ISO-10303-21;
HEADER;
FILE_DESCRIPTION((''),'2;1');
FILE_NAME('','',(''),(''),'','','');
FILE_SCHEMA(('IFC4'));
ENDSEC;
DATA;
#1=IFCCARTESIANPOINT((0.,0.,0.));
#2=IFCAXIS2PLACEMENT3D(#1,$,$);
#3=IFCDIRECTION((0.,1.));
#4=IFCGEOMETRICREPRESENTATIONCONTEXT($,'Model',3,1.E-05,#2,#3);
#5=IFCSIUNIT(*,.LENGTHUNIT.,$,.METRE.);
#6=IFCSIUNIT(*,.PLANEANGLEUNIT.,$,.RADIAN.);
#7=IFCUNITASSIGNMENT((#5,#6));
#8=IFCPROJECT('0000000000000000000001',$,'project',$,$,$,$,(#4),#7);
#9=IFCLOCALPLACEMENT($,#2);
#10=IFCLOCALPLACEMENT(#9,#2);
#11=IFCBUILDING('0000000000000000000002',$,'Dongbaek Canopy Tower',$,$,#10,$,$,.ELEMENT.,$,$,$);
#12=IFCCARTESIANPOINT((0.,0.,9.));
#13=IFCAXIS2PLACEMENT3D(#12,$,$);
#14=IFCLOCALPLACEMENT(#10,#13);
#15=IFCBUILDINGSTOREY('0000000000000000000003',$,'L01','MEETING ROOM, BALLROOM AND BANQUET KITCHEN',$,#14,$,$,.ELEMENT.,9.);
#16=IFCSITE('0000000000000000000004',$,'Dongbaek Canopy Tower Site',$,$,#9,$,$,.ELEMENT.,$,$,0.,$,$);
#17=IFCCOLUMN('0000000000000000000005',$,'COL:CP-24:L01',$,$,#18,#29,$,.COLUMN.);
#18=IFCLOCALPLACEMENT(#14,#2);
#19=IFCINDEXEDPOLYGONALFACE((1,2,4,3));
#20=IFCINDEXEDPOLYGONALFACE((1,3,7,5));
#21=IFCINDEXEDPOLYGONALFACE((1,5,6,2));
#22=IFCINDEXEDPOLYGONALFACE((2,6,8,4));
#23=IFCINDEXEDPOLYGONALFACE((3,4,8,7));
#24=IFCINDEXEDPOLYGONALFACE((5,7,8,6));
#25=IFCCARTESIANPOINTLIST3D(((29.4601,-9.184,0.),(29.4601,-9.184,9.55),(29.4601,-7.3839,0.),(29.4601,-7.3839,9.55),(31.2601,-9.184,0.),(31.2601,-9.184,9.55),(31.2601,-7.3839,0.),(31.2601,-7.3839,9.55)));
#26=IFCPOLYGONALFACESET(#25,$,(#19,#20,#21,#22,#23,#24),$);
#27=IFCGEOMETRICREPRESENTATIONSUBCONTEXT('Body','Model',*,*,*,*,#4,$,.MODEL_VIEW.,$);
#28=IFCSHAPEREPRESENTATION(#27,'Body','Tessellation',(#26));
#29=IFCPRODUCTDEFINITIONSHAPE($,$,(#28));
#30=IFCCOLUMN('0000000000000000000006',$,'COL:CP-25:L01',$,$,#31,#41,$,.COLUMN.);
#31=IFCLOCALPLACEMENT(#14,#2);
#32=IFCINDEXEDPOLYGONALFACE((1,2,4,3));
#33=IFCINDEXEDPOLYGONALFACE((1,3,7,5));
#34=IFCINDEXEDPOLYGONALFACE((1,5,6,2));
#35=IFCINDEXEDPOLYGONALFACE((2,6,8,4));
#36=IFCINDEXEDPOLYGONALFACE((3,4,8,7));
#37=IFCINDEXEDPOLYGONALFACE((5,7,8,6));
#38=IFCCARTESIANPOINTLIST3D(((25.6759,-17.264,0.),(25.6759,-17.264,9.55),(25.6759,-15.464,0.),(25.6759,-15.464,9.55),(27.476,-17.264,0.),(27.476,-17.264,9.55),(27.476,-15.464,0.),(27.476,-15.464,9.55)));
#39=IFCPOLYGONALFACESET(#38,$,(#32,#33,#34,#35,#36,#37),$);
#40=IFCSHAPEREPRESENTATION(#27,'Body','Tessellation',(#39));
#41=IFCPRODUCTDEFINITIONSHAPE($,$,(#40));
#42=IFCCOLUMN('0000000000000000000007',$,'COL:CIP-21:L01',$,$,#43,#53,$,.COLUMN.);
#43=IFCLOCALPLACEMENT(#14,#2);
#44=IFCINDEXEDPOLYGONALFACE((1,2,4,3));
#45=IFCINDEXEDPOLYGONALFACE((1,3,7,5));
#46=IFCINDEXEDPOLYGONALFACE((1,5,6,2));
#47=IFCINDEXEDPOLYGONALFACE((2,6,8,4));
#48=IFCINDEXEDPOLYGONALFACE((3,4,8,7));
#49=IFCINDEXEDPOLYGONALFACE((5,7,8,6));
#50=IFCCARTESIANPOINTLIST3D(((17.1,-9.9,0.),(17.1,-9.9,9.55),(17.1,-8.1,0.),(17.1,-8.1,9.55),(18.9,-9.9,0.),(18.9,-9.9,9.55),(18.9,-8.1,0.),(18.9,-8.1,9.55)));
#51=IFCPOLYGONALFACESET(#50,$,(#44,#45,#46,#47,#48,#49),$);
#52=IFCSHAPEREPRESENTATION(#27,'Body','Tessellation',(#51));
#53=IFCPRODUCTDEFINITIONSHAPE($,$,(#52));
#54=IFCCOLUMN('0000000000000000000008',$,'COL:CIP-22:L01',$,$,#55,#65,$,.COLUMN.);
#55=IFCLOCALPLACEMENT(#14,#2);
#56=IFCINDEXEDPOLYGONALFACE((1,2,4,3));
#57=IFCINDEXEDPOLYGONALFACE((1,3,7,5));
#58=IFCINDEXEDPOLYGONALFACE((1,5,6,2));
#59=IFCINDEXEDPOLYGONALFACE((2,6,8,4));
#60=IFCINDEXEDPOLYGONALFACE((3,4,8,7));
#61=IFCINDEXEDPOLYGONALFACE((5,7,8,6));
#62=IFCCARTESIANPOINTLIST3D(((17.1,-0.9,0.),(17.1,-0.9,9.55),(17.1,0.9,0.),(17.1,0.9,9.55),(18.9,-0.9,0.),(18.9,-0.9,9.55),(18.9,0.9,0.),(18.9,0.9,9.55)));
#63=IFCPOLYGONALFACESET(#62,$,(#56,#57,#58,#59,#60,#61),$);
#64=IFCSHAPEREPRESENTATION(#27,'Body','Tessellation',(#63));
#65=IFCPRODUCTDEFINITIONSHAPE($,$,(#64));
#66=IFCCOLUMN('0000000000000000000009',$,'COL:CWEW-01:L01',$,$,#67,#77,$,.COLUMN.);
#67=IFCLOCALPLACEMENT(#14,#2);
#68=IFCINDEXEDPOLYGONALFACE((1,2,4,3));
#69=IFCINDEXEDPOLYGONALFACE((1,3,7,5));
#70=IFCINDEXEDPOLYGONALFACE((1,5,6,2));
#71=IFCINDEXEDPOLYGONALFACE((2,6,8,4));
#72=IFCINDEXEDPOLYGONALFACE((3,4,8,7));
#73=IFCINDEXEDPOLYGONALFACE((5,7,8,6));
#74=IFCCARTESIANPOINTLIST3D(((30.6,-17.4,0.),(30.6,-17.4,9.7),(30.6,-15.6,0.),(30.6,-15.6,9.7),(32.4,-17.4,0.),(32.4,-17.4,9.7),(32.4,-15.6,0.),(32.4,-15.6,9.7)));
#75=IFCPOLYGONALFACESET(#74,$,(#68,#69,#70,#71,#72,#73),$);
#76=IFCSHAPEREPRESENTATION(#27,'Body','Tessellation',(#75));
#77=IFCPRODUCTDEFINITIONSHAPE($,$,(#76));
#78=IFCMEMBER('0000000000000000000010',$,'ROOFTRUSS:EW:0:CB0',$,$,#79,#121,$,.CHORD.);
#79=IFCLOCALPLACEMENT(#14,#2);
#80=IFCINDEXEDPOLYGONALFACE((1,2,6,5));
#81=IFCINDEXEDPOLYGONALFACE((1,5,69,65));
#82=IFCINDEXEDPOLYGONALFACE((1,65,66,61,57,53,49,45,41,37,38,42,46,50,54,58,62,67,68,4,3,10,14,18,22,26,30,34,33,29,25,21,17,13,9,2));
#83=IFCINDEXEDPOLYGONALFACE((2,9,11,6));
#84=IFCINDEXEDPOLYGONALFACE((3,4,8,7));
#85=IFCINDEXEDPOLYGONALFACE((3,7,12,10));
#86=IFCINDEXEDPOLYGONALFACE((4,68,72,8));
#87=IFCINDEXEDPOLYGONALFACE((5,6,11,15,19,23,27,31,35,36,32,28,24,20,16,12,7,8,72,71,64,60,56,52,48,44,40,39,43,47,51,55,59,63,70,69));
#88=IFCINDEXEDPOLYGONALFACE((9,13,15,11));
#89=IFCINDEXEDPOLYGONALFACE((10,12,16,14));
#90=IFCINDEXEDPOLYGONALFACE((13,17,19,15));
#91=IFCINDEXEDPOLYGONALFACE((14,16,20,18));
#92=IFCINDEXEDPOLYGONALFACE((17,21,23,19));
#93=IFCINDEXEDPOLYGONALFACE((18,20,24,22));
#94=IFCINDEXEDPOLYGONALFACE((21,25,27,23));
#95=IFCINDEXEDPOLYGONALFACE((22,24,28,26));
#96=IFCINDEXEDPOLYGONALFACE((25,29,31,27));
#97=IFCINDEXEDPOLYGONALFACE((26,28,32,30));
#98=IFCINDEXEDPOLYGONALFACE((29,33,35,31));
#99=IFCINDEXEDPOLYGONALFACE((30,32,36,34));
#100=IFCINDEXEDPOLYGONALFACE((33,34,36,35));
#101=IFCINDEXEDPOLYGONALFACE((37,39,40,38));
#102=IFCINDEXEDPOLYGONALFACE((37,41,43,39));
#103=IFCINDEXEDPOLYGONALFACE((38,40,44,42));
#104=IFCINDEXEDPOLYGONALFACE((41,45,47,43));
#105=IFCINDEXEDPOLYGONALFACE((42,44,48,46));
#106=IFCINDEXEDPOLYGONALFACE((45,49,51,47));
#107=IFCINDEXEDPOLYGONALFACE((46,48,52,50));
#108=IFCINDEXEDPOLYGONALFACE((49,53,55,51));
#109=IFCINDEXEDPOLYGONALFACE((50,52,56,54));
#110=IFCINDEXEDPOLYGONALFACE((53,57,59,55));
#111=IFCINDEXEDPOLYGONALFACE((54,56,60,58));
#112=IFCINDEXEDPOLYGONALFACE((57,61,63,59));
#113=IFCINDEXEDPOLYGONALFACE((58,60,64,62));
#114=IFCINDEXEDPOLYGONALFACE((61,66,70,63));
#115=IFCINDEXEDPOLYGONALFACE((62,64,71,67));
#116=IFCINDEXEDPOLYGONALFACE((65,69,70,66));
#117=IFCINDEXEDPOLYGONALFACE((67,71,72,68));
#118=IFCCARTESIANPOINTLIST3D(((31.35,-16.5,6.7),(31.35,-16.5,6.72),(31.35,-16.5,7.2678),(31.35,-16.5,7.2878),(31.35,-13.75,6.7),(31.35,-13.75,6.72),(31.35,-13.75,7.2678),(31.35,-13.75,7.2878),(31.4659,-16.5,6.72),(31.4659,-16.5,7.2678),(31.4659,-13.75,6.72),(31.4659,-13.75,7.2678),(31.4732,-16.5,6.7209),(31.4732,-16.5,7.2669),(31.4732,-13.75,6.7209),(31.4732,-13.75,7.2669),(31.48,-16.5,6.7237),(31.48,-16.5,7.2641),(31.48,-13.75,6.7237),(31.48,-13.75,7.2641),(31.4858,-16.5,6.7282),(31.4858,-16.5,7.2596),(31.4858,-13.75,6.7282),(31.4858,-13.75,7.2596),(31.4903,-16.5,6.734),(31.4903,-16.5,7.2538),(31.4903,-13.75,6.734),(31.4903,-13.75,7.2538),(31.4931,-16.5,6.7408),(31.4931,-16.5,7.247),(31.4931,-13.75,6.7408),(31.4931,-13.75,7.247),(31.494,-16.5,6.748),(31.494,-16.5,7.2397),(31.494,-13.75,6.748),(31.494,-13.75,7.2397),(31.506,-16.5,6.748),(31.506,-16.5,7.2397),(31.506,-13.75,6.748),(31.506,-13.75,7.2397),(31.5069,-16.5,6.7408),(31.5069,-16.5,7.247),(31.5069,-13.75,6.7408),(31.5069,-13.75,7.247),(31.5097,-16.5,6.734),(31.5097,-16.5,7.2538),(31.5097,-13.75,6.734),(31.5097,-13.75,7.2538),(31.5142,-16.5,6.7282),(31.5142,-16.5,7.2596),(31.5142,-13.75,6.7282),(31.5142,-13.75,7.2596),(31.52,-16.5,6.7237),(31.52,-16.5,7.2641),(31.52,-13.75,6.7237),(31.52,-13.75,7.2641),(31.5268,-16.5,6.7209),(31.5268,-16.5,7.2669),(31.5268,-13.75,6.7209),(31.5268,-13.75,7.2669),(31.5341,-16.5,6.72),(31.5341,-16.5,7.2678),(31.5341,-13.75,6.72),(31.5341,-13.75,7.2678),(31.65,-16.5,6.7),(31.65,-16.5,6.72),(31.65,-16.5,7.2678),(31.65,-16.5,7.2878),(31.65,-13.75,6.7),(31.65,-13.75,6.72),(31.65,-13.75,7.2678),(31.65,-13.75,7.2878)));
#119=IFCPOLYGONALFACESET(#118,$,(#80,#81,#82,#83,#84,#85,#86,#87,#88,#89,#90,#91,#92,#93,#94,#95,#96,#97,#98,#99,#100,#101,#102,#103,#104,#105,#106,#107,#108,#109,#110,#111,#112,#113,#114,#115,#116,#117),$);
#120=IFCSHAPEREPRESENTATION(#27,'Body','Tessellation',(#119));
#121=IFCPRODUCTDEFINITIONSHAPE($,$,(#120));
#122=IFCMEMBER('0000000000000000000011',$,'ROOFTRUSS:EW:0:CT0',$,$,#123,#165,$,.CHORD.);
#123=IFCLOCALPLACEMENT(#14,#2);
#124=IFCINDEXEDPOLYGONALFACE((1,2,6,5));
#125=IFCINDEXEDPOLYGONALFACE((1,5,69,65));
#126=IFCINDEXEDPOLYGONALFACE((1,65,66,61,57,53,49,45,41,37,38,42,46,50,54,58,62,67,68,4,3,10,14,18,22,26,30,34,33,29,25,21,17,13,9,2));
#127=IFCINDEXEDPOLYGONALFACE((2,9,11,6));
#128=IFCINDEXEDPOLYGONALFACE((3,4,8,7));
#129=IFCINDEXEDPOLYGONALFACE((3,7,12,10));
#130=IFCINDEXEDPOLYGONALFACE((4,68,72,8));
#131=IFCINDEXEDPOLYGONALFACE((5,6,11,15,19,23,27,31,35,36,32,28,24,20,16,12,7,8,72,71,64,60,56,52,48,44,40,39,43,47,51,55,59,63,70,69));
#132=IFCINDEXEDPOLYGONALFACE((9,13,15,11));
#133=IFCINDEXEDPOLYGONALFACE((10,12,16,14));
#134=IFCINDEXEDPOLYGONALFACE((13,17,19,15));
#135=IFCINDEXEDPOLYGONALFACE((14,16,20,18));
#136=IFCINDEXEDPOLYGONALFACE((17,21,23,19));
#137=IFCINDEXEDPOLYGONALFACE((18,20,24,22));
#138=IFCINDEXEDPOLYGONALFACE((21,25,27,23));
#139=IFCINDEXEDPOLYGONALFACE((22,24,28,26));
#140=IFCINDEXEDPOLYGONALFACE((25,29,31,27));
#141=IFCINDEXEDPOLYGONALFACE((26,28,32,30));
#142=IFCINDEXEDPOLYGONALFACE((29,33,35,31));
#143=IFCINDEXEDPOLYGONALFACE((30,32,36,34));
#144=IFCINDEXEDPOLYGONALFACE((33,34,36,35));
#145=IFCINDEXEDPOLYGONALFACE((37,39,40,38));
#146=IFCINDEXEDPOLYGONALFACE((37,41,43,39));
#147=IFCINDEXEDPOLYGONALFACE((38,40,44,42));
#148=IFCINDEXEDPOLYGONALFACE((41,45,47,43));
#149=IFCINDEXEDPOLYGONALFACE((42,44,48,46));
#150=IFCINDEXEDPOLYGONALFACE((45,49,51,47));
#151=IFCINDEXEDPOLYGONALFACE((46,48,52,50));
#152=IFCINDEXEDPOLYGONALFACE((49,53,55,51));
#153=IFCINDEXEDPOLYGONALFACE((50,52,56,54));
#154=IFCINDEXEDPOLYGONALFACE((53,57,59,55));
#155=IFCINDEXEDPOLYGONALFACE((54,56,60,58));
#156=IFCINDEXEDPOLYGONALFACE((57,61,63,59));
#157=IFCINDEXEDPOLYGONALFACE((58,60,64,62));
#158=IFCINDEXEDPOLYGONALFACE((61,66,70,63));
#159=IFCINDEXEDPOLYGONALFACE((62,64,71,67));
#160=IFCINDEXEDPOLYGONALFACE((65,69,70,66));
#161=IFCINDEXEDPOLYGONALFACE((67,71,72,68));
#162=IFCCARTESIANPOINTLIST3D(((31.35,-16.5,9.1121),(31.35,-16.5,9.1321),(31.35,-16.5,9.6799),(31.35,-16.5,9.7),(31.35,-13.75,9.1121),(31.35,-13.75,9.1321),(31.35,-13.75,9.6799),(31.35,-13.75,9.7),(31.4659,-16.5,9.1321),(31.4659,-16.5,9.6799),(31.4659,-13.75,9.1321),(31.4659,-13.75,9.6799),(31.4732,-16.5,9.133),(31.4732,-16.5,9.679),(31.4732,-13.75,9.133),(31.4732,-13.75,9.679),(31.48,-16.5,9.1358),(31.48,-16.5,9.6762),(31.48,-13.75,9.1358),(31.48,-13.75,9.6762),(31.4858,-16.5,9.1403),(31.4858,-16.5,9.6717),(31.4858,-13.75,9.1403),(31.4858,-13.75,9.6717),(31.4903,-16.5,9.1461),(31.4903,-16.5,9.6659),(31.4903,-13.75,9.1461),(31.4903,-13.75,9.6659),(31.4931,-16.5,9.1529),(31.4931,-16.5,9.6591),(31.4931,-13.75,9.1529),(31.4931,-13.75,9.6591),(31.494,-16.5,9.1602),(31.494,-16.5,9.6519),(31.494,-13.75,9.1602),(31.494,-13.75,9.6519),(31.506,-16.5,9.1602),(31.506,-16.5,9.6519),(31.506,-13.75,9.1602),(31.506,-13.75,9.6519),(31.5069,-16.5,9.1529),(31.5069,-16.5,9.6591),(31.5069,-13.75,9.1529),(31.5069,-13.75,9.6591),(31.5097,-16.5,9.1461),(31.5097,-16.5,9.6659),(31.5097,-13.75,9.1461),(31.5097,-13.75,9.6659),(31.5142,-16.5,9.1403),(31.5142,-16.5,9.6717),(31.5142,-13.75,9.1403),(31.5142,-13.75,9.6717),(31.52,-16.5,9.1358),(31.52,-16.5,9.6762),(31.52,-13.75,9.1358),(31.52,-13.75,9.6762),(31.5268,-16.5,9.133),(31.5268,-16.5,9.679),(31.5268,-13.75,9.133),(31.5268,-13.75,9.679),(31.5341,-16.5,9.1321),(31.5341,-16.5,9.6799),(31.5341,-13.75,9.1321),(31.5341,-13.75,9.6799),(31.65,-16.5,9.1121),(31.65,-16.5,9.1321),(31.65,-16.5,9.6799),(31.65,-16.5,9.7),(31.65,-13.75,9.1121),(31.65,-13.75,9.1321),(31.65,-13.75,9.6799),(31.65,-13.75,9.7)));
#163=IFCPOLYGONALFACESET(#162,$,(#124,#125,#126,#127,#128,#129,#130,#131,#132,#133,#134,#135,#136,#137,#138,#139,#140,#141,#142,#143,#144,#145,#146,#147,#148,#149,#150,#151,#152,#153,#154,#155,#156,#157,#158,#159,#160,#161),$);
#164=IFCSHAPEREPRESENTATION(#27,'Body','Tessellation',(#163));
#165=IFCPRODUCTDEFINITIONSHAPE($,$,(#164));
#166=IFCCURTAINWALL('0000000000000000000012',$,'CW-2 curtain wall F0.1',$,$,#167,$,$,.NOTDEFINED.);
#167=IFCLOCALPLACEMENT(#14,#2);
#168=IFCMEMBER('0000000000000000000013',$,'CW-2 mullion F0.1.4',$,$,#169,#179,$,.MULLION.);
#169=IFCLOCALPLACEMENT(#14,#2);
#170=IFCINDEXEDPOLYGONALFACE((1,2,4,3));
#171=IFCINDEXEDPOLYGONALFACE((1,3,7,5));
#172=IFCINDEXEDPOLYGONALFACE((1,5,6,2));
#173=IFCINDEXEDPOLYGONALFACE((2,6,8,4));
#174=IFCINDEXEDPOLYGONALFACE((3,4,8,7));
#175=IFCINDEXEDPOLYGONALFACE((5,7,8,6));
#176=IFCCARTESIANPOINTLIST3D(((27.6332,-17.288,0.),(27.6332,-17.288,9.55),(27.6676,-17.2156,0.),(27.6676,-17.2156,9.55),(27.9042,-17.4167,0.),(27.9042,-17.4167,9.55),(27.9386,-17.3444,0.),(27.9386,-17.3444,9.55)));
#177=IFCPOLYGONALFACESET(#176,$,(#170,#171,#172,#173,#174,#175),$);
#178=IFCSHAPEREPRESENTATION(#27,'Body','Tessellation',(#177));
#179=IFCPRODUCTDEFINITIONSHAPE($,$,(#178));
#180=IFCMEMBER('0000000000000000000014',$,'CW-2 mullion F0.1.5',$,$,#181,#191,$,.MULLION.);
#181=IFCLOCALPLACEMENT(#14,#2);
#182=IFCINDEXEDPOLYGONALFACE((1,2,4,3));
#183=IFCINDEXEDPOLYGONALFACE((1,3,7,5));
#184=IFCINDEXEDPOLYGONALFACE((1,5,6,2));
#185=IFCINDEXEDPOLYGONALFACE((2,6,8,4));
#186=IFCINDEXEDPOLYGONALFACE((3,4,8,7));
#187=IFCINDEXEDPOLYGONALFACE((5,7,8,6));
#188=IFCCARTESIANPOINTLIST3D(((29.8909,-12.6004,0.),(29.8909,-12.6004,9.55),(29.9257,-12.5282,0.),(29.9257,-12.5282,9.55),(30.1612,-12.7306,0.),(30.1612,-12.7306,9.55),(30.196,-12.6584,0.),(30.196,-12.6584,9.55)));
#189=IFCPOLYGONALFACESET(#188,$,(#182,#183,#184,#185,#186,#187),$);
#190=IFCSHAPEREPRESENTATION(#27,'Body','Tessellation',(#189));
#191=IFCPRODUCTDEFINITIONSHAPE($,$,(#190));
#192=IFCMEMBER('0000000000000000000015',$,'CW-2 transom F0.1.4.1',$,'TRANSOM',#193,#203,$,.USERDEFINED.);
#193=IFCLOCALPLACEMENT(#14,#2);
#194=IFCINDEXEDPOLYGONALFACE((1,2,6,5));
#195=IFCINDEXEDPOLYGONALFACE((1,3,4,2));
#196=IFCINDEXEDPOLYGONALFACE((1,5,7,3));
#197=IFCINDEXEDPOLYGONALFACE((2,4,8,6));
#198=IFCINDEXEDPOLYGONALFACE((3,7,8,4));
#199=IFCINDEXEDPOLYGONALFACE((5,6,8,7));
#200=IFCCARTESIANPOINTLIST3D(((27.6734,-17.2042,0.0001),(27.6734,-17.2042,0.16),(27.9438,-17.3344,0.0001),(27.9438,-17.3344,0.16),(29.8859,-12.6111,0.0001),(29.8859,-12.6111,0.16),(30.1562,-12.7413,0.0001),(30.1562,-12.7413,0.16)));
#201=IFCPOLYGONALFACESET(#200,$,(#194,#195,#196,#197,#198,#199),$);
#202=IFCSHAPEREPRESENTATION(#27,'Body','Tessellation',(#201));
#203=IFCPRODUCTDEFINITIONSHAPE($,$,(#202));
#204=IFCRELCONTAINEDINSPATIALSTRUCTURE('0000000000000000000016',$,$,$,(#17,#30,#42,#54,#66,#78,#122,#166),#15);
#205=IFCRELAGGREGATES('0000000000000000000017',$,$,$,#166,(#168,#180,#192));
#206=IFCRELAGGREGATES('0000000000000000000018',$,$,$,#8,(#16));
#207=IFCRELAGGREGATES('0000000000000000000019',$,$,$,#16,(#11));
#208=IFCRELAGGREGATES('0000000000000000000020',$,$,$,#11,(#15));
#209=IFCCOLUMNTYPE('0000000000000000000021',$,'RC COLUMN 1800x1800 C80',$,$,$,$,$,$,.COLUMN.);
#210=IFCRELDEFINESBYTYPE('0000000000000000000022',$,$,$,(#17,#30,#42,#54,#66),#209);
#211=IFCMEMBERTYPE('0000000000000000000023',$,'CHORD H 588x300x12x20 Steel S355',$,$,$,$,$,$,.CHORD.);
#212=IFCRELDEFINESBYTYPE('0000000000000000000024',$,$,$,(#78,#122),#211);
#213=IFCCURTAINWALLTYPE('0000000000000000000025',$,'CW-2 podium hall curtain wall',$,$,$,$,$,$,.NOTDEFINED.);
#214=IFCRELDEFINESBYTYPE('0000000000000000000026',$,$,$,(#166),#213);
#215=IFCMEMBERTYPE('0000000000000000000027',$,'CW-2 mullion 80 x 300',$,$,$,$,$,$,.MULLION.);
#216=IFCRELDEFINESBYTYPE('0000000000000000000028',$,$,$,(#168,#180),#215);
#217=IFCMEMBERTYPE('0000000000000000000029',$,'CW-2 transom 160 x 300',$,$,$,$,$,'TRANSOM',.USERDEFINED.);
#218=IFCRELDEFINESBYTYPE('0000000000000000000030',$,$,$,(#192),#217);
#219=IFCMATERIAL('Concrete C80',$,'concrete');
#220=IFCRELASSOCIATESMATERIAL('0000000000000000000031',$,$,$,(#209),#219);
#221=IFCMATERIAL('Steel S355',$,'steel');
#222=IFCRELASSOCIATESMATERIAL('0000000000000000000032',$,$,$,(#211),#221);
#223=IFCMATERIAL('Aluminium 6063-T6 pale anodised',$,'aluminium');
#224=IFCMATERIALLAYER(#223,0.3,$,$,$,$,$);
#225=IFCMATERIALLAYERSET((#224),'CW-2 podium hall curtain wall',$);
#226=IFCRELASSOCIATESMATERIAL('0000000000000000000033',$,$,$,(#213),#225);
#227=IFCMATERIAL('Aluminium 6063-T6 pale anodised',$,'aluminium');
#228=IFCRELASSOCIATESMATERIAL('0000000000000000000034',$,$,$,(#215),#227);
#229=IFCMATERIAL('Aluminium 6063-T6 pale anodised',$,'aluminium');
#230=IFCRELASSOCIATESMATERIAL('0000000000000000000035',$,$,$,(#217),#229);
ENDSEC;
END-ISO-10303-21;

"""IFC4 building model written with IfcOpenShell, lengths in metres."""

from ifc_helpers import new_model, si_unit, direction, frame, origin, origin_2d, place, context, subcontext, project, spatial, rectangle, i_section, extrude, material, layer, layer_set, material_profile, profile_set, type_object, element, aggregate, save


model = new_model("IFC4")

# Units and contexts
model_context = context("Model", 3, precision=1e-05, world=origin(), true_north=direction((0.0, 1.0)))
body_context = subcontext(model_context, "Body", "Model", "MODEL_VIEW")
ifc_project = project(units=[si_unit("LENGTHUNIT", "METRE"), si_unit("PLANEANGLEUNIT", "RADIAN")], contexts=[model_context])

# Site, building, storey
site_placement = place(None, origin())
site = spatial("IfcSite", under=ifc_project, at=site_placement, Name="Dongbaek Canopy Tower Site", CompositionType="ELEMENT", RefElevation=0.0)
building_placement = place(site_placement, origin())
building = spatial("IfcBuilding", under=site, at=building_placement, Name="Dongbaek Canopy Tower", CompositionType="ELEMENT")
storey_placement = place(building_placement, frame((0.0, 0.0, 9.0)))
storey = spatial("IfcBuildingStorey", under=building, at=storey_placement, Name="L01", Description="MEETING ROOM, BALLROOM AND BANQUET KITCHEN", CompositionType="ELEMENT", Elevation=9.0)

# Columns
ifc_material_1 = material(Name="Concrete C80", Category="concrete")
ifc_material_profile_1 = material_profile(ifc_material_1, rectangle(XDim=1.8, YDim=1.8, at=origin_2d()), Name="RC COLUMN 1800x1800 C80")
ifc_profile_set_1 = profile_set([ifc_material_profile_1], Name="Concrete C80")
column_type = type_object("IfcColumnType", Name="RC COLUMN 1800x1800 C80", PredefinedType="COLUMN", material=ifc_profile_set_1)
for number, where, z_axis, x_axis, name in (
    (1, (30.3601, -8.2839, 0.0), (0.0, 0.0, 1.0), (1.0, 0.0, 0.0), "COL:CP-24:L01"),
    (2, (26.5759, -16.364, 0.0), (0.0, 0.0, 1.0), (1.0, 0.0, 0.0), "COL:CP-25:L01"),
    (3, (18.0, -9.0, 0.0), (0.0, 0.0, 1.0), (1.0, 0.0, 0.0), "COL:CIP-21:L01"),
    (4, (18.0, 0.0, 0.0), (0.0, 0.0, 1.0), (1.0, 0.0, 0.0), "COL:CIP-22:L01"),
):
    element("IfcColumn", number, at=place(storey_placement, frame(where, z_axis=z_axis, x_axis=x_axis)), inside=storey, type_object=column_type, Name=name, PredefinedType="COLUMN", context=body_context, shape_type="SweptSolid", body=[
        extrude(rectangle(XDim=1.8, YDim=1.8, at=origin_2d()), origin(), (0.0, 0.0, 1.0), 9.55),
    ])
column_placement = place(storey_placement, frame((31.5, -16.5, 0.0), z_axis=(0.0, 0.0, 1.0), x_axis=(1.0, 0.0, 0.0)))
element("IfcColumn", 5, at=column_placement, inside=storey, type_object=column_type, Name="COL:CWEW-01:L01", PredefinedType="COLUMN", context=body_context, shape_type="SweptSolid", body=[
    extrude(rectangle(XDim=1.8, YDim=1.8, at=origin_2d()), origin(), (0.0, 0.0, 1.0), 9.7),
])

# Members
ifc_material_2 = material(Name="Steel S355", Category="steel")
ifc_material_profile_2 = material_profile(ifc_material_2, i_section(OverallWidth=0.3, OverallDepth=0.5879, WebThickness=0.012, FlangeThickness=0.02, FilletRadius=0.0281, at=origin_2d()), Name="CHORD H 588x300x12x20 Steel S355")
ifc_profile_set_2 = profile_set([ifc_material_profile_2], Name="Steel S355")
member_type_1 = type_object("IfcMemberType", Name="CHORD H 588x300x12x20 Steel S355", PredefinedType="CHORD", material=ifc_profile_set_2)
for number, where, z_axis, x_axis, name in (
    (6, (31.5, -16.5, 6.9939), (0.0, 1.0, 0.0), (-1.0, 0.0, 0.0), "ROOFTRUSS:EW:0:CB0"),
    (7, (31.5, -16.5, 9.406), (0.0, 1.0, 0.0), (-1.0, 0.0, 0.0), "ROOFTRUSS:EW:0:CT0"),
):
    element("IfcMember", number, at=place(storey_placement, frame(where, z_axis=z_axis, x_axis=x_axis)), inside=storey, type_object=member_type_1, Name=name, PredefinedType="CHORD", context=body_context, shape_type="SweptSolid", body=[
        extrude(i_section(OverallWidth=0.3, OverallDepth=0.5879, WebThickness=0.012, FlangeThickness=0.02, FilletRadius=0.0281, at=origin_2d()), origin(), (0.0, 0.0, 1.0), 2.75),
    ])

# Curtain wall, members
ifc_material_3 = material(Name="Aluminium 6063-T6 pale anodised", Category="aluminium")
ifc_layer_1 = layer(ifc_material_3, 0.3)
ifc_layer_set_1 = layer_set([ifc_layer_1], Name="CW-2 podium hall curtain wall")
curtain_wall_type = type_object("IfcCurtainWallType", Name="CW-2 podium hall curtain wall", PredefinedType="NOTDEFINED", material=ifc_layer_set_1)
curtain_wall_1_placement = place(storey_placement, origin())
curtain_wall_1 = element("IfcCurtainWall", 8, at=curtain_wall_1_placement, inside=storey, type_object=curtain_wall_type, Name="CW-2 curtain wall F0.1", PredefinedType="NOTDEFINED")
ifc_material_4 = material(Name="Aluminium 6063-T6 pale anodised", Category="aluminium")
ifc_material_profile_3 = material_profile(ifc_material_4, rectangle(XDim=0.3, YDim=0.0801, at=origin_2d()), Name="CW-2 mullion 80 x 300")
ifc_profile_set_3 = profile_set([ifc_material_profile_3], Name="Aluminium 6063-T6 pale anodised")
member_type_2 = type_object("IfcMemberType", Name="CW-2 mullion 80 x 300", PredefinedType="MULLION", material=ifc_profile_set_3)
member_1_placement = place(storey_placement, frame((27.7859, -17.3162, 0.0), z_axis=(0.0, 0.0, 1.0), x_axis=(0.903286, -0.429039, 0.0)))
member_1 = element("IfcMember", 9, at=member_1_placement, type_object=member_type_2, Name="CW-2 mullion F0.1.4", PredefinedType="MULLION", context=body_context, shape_type="SweptSolid", body=[
    extrude(rectangle(XDim=0.3, YDim=0.0801, at=origin_2d()), origin(), (0.0, 0.0, 1.0), 9.55),
])
member_2_placement = place(storey_placement, frame((30.0435, -12.6294, 0.0), z_axis=(0.0, 0.0, 1.0), x_axis=(0.900941, -0.433942, 0.0)))
member_2 = element("IfcMember", 10, at=member_2_placement, type_object=member_type_2, Name="CW-2 mullion F0.1.5", PredefinedType="MULLION", context=body_context, shape_type="SweptSolid", body=[
    extrude(rectangle(XDim=0.3, YDim=0.0801, at=origin_2d()), origin(), (0.0, 0.0, 1.0), 9.55),
])
ifc_material_5 = material(Name="Aluminium 6063-T6 pale anodised", Category="aluminium")
ifc_material_profile_4 = material_profile(ifc_material_5, rectangle(XDim=0.3, YDim=0.1599, at=origin_2d()), Name="CW-2 transom 160 x 300")
ifc_profile_set_4 = profile_set([ifc_material_profile_4], Name="Aluminium 6063-T6 pale anodised")
member_type_3 = type_object("IfcMemberType", Name="CW-2 transom 160 x 300", ElementType="TRANSOM", PredefinedType="USERDEFINED", material=ifc_profile_set_4)
member_3_placement = place(storey_placement, frame((27.8086, -17.2693, 0.0801), z_axis=(0.433967, 0.900929, 0.0), x_axis=(-0.900929, 0.433967, 0.0)))
member_3 = element("IfcMember", 11, at=member_3_placement, type_object=member_type_3, Name="CW-2 transom F0.1.4.1", ObjectType="TRANSOM", PredefinedType="USERDEFINED", context=body_context, shape_type="SweptSolid", body=[
    extrude(rectangle(XDim=0.3, YDim=0.1599, at=origin_2d()), origin(), (0.0, 0.0, 1.0), 5.0981),
])

aggregate(curtain_wall_1, [member_1, member_2, member_3])

save(model, "model.ifc")
